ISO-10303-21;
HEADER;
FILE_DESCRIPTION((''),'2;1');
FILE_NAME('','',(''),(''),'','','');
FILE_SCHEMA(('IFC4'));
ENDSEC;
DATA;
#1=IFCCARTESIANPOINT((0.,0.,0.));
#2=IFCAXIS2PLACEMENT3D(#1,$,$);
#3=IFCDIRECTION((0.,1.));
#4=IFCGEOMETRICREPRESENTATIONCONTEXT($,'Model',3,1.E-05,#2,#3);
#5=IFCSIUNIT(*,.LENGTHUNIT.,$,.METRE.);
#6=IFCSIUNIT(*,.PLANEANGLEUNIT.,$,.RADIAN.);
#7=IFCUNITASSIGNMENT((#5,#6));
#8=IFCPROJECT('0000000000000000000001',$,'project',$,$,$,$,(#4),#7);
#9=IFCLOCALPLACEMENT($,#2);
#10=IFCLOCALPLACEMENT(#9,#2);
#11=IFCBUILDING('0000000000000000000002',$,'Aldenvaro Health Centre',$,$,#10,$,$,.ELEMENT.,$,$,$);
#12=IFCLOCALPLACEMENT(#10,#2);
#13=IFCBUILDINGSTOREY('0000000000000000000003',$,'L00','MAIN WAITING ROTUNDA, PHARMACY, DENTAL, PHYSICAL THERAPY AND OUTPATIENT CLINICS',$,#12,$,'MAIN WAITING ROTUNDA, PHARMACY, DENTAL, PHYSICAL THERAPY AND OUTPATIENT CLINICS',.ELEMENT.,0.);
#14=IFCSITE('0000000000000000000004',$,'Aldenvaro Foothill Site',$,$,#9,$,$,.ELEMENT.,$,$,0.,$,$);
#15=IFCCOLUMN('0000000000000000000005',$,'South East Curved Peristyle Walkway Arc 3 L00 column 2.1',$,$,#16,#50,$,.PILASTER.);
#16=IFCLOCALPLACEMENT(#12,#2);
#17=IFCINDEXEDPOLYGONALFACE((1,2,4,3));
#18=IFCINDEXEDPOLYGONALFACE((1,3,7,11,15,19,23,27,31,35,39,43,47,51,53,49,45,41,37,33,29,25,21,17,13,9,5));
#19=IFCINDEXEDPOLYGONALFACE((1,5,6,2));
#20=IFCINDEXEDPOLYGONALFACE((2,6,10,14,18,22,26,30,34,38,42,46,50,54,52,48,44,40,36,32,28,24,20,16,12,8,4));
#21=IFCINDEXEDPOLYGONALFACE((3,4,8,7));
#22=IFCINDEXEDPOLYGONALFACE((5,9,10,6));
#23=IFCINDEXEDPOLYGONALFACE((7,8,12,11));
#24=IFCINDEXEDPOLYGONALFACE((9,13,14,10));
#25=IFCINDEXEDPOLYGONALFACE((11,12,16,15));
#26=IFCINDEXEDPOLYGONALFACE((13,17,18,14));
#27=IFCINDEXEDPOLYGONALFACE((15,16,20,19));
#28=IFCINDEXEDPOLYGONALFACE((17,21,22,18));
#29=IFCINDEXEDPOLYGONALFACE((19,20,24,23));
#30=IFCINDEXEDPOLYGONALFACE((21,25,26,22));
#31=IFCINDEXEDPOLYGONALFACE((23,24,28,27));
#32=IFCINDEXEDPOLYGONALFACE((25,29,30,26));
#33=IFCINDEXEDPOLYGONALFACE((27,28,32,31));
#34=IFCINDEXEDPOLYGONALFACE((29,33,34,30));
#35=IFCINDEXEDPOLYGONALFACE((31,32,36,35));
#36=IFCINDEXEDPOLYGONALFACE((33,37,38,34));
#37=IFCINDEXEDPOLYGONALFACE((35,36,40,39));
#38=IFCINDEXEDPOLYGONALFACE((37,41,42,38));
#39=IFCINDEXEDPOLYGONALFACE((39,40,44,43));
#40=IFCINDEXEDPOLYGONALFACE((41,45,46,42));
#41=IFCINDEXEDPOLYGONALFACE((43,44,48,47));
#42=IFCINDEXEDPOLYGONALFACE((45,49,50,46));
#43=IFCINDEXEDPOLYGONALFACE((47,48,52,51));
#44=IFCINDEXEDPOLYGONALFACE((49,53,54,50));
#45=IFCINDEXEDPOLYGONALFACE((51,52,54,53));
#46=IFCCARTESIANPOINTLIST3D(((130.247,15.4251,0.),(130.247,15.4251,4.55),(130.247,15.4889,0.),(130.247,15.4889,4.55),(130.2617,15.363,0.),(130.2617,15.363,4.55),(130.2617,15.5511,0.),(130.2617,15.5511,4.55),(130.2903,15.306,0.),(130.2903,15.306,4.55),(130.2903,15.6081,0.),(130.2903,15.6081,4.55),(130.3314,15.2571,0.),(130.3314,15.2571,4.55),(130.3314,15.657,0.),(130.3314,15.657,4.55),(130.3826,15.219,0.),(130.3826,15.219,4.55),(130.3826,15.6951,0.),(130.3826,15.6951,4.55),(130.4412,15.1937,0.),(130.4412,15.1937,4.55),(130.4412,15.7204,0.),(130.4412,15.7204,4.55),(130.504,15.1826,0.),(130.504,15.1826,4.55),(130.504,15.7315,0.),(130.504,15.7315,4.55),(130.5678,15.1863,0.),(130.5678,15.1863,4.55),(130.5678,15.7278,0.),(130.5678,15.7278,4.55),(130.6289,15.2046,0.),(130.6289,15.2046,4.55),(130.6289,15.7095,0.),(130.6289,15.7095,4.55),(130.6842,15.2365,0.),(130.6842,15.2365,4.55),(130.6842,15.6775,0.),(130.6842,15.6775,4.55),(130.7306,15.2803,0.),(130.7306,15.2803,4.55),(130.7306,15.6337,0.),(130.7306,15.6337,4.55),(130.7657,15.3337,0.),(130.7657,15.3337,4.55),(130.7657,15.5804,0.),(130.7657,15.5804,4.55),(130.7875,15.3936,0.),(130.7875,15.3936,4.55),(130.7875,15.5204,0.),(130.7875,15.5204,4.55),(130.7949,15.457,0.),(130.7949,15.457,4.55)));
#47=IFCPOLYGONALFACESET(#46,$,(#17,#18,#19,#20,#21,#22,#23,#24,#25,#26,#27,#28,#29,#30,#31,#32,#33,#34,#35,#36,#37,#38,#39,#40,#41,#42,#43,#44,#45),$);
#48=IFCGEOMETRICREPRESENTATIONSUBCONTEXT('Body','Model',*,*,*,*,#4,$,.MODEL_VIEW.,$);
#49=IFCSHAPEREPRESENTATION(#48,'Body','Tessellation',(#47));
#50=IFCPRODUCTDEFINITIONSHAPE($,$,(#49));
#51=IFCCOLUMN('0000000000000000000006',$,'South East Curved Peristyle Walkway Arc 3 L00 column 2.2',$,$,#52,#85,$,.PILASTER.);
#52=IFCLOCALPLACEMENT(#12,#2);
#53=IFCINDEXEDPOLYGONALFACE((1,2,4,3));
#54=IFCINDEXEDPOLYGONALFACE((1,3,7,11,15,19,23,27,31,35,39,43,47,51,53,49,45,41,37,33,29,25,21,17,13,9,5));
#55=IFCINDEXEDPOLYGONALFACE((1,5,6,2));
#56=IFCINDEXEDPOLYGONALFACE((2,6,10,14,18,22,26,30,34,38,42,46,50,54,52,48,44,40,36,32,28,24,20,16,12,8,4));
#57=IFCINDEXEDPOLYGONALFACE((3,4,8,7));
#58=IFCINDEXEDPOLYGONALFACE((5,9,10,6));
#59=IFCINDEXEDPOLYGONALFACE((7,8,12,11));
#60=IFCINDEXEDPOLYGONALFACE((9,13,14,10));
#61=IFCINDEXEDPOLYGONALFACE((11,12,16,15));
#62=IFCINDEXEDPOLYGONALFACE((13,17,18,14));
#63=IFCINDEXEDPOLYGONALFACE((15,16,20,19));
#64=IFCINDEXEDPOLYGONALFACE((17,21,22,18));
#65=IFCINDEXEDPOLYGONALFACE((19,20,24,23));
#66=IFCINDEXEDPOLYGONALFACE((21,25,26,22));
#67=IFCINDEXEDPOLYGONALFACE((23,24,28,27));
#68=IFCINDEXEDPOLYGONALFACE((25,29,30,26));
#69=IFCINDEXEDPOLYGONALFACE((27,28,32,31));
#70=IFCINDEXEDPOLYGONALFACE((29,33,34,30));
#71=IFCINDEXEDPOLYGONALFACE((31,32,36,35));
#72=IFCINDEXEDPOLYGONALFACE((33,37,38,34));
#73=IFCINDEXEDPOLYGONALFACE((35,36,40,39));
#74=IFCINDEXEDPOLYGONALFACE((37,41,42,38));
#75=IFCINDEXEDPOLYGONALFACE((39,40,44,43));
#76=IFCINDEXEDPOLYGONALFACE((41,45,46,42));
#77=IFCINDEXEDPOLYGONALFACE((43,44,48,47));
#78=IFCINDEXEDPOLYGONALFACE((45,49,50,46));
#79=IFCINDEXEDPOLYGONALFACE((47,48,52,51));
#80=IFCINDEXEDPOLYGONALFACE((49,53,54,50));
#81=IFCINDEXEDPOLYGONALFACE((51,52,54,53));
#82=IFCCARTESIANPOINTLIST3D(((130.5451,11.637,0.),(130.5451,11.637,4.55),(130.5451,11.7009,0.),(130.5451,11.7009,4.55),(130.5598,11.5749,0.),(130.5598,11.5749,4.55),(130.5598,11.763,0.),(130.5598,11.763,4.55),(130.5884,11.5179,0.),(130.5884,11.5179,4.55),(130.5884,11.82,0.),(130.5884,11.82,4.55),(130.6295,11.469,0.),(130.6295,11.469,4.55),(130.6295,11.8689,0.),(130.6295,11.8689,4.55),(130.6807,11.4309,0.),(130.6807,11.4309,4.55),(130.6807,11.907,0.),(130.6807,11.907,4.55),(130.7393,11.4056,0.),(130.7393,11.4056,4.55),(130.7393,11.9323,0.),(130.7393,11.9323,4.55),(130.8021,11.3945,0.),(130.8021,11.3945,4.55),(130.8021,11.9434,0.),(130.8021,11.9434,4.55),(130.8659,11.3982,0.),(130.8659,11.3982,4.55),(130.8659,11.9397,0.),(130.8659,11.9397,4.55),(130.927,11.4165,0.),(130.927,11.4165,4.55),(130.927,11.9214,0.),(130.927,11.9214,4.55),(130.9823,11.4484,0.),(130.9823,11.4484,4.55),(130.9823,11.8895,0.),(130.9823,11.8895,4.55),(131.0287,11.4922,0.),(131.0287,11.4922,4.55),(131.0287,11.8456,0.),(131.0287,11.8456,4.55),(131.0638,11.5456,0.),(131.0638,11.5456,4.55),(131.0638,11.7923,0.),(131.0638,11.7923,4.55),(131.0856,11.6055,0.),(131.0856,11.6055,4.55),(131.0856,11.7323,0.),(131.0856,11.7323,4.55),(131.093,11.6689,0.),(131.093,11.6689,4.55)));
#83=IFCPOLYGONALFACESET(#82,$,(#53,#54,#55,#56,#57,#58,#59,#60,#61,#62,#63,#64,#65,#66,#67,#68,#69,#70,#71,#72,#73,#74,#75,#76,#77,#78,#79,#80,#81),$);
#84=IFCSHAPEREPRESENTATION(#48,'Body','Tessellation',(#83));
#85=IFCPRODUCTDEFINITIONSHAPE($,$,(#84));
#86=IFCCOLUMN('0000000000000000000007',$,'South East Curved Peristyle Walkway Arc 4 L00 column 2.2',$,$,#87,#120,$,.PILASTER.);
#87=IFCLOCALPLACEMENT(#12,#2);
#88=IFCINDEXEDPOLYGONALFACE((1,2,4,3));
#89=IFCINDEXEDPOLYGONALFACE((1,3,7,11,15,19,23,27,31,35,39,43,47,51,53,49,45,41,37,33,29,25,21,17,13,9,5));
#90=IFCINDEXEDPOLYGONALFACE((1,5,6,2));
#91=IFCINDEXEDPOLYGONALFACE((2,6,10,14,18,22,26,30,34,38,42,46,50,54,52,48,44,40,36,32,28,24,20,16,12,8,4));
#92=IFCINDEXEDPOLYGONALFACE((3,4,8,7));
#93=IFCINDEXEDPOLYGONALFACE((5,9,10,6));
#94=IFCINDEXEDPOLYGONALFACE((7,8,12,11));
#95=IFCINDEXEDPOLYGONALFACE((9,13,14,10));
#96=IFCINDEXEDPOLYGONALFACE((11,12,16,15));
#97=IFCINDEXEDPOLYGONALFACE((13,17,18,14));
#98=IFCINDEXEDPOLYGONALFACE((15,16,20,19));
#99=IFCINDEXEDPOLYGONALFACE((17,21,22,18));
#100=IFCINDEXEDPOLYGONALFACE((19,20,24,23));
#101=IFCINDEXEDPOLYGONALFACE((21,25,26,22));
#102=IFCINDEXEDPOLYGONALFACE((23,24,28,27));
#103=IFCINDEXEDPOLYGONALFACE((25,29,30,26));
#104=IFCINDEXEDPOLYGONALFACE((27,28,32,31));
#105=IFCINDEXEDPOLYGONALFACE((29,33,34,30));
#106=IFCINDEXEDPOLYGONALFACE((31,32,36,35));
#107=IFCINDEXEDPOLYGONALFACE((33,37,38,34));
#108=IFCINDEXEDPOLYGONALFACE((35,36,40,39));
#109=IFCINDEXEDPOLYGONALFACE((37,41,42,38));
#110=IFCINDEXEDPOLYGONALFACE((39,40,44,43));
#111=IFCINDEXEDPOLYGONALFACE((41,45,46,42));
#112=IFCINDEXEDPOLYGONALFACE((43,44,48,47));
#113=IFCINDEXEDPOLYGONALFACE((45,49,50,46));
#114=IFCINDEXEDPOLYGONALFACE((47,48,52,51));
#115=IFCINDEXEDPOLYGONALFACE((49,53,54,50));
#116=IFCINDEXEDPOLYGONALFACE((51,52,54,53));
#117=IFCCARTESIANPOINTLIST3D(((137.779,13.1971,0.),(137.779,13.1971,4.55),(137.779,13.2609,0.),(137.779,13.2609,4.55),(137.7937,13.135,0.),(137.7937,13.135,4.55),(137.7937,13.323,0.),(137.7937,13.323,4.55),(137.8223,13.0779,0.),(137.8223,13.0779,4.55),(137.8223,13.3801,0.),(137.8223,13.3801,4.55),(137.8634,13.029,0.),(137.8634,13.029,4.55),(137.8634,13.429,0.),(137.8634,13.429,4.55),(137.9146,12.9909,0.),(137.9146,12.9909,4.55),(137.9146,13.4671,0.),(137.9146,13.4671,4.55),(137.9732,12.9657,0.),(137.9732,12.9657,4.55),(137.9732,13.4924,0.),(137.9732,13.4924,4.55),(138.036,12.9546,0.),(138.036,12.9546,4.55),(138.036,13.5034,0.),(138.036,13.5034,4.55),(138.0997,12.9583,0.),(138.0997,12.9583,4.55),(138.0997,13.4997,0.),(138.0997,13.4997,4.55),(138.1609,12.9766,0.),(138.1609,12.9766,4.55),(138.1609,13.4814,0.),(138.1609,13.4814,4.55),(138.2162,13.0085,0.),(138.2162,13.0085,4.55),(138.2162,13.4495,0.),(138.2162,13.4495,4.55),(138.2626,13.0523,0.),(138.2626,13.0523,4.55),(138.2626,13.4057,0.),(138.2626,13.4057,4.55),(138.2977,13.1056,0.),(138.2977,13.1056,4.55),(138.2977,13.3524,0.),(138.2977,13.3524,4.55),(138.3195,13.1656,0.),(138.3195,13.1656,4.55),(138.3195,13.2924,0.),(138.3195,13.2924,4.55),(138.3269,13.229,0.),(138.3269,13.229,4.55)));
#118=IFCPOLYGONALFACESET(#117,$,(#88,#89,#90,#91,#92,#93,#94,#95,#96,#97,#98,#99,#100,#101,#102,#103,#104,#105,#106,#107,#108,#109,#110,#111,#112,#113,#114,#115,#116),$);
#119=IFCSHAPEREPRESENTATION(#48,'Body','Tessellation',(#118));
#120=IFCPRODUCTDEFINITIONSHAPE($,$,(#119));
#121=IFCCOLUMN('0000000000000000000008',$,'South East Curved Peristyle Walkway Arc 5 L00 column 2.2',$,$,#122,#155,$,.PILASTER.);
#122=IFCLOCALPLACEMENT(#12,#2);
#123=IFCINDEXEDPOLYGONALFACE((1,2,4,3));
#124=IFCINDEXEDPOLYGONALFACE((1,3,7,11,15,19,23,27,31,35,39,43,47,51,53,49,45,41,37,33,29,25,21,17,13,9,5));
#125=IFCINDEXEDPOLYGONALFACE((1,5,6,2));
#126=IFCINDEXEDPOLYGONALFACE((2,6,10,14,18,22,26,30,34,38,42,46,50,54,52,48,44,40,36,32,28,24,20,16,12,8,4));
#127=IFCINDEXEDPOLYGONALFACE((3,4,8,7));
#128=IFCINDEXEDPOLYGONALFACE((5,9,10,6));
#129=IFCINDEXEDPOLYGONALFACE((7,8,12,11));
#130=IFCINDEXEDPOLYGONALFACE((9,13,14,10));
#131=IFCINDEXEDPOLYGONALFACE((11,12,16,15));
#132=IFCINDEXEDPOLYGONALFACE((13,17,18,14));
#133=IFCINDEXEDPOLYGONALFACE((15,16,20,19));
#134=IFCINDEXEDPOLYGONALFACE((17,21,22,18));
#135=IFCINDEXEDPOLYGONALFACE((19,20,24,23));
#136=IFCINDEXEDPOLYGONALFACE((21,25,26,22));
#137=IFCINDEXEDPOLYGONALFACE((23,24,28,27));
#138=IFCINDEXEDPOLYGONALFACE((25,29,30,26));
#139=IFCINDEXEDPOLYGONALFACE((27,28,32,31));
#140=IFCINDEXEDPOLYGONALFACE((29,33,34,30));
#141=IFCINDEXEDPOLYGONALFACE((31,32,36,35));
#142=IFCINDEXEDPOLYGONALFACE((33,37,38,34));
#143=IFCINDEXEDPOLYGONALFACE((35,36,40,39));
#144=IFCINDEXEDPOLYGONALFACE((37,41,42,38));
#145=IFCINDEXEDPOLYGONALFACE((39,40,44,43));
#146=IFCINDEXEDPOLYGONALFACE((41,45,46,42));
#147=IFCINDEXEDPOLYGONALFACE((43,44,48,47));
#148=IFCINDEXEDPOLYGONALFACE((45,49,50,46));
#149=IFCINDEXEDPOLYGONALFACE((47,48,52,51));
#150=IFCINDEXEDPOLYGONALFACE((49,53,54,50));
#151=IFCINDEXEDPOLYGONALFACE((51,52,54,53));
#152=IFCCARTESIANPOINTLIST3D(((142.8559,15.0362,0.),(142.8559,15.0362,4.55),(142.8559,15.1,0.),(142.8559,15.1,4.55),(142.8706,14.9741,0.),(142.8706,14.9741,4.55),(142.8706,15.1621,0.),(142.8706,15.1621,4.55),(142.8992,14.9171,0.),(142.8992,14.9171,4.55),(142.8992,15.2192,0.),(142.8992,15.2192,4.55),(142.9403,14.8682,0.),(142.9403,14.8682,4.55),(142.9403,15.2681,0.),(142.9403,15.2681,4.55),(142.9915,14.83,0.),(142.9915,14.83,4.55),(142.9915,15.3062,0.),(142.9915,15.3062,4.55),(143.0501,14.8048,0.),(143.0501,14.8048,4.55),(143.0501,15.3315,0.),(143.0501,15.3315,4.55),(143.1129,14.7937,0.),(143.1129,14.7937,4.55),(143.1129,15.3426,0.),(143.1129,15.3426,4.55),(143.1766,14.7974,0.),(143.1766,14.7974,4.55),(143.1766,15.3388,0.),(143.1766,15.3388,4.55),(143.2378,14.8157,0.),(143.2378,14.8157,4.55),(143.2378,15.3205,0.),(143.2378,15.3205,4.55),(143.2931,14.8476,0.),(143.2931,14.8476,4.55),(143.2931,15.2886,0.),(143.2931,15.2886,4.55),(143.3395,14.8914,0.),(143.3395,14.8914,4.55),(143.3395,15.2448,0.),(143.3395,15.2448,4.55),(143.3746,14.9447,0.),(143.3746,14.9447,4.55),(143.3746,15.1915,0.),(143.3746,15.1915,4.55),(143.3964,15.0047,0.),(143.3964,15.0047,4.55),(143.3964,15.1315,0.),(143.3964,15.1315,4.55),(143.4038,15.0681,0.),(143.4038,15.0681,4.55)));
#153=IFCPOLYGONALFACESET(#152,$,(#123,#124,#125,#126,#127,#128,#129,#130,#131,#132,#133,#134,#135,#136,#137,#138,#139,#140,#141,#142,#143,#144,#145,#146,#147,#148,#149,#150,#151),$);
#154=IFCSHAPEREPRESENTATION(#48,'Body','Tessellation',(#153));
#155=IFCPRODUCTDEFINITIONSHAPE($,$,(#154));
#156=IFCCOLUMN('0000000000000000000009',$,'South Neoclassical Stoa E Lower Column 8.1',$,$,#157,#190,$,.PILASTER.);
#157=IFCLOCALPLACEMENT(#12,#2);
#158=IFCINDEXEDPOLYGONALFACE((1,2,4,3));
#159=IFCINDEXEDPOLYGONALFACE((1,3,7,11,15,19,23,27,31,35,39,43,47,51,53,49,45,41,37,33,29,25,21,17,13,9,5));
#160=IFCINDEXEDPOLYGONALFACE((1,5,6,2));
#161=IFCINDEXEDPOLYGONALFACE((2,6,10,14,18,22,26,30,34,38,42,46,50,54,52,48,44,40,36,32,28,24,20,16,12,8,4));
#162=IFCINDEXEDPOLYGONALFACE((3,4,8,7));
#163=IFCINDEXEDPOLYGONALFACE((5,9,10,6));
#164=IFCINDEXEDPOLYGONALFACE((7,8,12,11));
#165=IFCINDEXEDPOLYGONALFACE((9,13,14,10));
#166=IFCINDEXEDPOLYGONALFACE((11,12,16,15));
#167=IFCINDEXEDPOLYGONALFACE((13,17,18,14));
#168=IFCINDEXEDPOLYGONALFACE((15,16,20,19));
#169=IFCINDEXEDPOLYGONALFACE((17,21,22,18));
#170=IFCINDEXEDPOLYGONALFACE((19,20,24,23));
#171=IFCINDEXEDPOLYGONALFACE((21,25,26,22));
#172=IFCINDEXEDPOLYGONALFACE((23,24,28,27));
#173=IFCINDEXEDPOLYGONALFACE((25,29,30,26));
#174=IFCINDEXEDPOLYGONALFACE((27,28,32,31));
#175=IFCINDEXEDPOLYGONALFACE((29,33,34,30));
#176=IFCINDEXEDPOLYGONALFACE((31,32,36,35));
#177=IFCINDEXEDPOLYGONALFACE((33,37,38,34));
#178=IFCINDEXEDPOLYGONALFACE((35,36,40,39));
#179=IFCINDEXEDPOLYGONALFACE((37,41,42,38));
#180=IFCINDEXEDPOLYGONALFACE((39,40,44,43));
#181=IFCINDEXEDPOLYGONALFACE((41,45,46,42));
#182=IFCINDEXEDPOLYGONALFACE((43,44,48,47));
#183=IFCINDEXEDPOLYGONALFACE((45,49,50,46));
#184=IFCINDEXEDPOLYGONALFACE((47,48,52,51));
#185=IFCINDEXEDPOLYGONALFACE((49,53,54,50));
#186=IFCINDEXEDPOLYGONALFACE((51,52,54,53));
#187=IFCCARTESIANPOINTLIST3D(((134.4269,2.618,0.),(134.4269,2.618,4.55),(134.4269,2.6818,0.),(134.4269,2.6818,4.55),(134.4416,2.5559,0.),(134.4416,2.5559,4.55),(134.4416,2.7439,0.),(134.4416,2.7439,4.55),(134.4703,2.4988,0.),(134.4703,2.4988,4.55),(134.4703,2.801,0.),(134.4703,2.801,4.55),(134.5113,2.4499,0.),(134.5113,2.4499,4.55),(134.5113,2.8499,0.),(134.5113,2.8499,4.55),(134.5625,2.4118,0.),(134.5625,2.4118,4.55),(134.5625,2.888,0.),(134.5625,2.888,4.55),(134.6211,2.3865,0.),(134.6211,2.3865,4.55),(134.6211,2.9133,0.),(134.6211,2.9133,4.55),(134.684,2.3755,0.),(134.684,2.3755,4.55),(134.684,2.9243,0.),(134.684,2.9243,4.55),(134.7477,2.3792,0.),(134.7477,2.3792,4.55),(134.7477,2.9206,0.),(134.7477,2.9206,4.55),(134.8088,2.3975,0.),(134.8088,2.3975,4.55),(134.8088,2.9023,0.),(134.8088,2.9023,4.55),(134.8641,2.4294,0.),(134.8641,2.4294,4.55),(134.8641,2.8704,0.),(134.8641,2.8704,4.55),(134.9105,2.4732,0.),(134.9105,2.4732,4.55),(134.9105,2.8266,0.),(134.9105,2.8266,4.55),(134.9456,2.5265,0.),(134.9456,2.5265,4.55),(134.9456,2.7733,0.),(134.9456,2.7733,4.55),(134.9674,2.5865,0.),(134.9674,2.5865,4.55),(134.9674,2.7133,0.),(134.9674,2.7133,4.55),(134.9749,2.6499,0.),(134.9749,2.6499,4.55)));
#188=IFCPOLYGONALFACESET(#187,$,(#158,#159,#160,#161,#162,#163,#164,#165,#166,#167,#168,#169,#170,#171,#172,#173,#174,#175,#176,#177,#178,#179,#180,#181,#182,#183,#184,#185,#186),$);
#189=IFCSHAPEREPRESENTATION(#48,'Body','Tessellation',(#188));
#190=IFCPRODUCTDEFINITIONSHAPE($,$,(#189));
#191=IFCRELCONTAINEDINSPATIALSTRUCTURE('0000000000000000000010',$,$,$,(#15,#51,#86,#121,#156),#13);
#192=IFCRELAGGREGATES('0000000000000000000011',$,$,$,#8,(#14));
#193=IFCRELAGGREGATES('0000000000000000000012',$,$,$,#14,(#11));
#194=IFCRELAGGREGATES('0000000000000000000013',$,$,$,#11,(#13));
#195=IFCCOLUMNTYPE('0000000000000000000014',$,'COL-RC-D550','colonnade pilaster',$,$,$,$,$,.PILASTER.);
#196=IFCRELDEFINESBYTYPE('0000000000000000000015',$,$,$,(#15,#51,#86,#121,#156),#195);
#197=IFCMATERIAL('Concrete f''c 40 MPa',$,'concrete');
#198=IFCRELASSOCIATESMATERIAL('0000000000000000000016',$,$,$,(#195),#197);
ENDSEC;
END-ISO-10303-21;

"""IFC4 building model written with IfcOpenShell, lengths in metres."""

from ifc_helpers import new_model, si_unit, direction, frame, origin, origin_2d, place, context, subcontext, project, spatial, circle, extrude, material, material_profile, profile_set, type_object, element, save


model = new_model("IFC4")

# Units and contexts
model_context = context("Model", 3, precision=1e-05, world=origin(), true_north=direction((0.0, 1.0)))
body_context = subcontext(model_context, "Body", "Model", "MODEL_VIEW")
ifc_project = project(units=[si_unit("LENGTHUNIT", "METRE"), si_unit("PLANEANGLEUNIT", "RADIAN")], contexts=[model_context])

# Site, building, storey
site_placement = place(None, origin())
site = spatial("IfcSite", under=ifc_project, at=site_placement, Name="Aldenvaro Foothill Site", CompositionType="ELEMENT", RefElevation=0.0)
building_placement = place(site_placement, origin())
building = spatial("IfcBuilding", under=site, at=building_placement, Name="Aldenvaro Health Centre", CompositionType="ELEMENT")
storey_placement = place(building_placement, origin())
storey = spatial("IfcBuildingStorey", under=building, at=storey_placement, Name="L00", Description="MAIN WAITING ROTUNDA, PHARMACY, DENTAL, PHYSICAL THERAPY AND OUTPATIENT CLINICS", LongName="MAIN WAITING ROTUNDA, PHARMACY, DENTAL, PHYSICAL THERAPY AND OUTPATIENT CLINICS", CompositionType="ELEMENT", Elevation=0.0)

# Columns
ifc_material_1 = material(Name="Concrete f'c 40 MPa", Category="concrete")
ifc_material_profile_1 = material_profile(ifc_material_1, circle(Radius=0.2749, at=origin_2d()), Name="RC D550", Category="concrete")
ifc_profile_set_1 = profile_set([ifc_material_profile_1], Name="Concrete f'c 40 MPa")
column_type = type_object("IfcColumnType", Name="COL-RC-D550", Description="colonnade pilaster", PredefinedType="PILASTER", material=ifc_profile_set_1)
for number, where, z_axis, x_axis, name in (
    (1, (130.52, 15.457, 0.0), (0.0, 0.0, 1.0), (1.0, 0.0, 0.0), "South East Curved Peristyle Walkway Arc 3 L00 column 2.1"),
    (2, (130.8181, 11.6689, 0.0), (0.0, 0.0, 1.0), (1.0, 0.0, 0.0), "South East Curved Peristyle Walkway Arc 3 L00 column 2.2"),
    (3, (138.052, 13.229, 0.0), (0.0, 0.0, 1.0), (1.0, 0.0, 0.0), "South East Curved Peristyle Walkway Arc 4 L00 column 2.2"),
    (4, (143.1289, 15.0681, 0.0), (0.0, 0.0, 1.0), (1.0, 0.0, 0.0), "South East Curved Peristyle Walkway Arc 5 L00 column 2.2"),
    (5, (134.7, 2.6499, 0.0), (0.0, 0.0, 1.0), (1.0, 0.0, 0.0), "South Neoclassical Stoa E Lower Column 8.1"),
):
    element("IfcColumn", number, at=place(storey_placement, frame(where, z_axis=z_axis, x_axis=x_axis)), inside=storey, type_object=column_type, Name=name, PredefinedType="PILASTER", context=body_context, shape_type="SweptSolid", body=[
        extrude(circle(Radius=0.2749, at=origin_2d()), origin(), (0.0, 0.0, 1.0), 4.55),
    ])

save(model, "model.ifc")
